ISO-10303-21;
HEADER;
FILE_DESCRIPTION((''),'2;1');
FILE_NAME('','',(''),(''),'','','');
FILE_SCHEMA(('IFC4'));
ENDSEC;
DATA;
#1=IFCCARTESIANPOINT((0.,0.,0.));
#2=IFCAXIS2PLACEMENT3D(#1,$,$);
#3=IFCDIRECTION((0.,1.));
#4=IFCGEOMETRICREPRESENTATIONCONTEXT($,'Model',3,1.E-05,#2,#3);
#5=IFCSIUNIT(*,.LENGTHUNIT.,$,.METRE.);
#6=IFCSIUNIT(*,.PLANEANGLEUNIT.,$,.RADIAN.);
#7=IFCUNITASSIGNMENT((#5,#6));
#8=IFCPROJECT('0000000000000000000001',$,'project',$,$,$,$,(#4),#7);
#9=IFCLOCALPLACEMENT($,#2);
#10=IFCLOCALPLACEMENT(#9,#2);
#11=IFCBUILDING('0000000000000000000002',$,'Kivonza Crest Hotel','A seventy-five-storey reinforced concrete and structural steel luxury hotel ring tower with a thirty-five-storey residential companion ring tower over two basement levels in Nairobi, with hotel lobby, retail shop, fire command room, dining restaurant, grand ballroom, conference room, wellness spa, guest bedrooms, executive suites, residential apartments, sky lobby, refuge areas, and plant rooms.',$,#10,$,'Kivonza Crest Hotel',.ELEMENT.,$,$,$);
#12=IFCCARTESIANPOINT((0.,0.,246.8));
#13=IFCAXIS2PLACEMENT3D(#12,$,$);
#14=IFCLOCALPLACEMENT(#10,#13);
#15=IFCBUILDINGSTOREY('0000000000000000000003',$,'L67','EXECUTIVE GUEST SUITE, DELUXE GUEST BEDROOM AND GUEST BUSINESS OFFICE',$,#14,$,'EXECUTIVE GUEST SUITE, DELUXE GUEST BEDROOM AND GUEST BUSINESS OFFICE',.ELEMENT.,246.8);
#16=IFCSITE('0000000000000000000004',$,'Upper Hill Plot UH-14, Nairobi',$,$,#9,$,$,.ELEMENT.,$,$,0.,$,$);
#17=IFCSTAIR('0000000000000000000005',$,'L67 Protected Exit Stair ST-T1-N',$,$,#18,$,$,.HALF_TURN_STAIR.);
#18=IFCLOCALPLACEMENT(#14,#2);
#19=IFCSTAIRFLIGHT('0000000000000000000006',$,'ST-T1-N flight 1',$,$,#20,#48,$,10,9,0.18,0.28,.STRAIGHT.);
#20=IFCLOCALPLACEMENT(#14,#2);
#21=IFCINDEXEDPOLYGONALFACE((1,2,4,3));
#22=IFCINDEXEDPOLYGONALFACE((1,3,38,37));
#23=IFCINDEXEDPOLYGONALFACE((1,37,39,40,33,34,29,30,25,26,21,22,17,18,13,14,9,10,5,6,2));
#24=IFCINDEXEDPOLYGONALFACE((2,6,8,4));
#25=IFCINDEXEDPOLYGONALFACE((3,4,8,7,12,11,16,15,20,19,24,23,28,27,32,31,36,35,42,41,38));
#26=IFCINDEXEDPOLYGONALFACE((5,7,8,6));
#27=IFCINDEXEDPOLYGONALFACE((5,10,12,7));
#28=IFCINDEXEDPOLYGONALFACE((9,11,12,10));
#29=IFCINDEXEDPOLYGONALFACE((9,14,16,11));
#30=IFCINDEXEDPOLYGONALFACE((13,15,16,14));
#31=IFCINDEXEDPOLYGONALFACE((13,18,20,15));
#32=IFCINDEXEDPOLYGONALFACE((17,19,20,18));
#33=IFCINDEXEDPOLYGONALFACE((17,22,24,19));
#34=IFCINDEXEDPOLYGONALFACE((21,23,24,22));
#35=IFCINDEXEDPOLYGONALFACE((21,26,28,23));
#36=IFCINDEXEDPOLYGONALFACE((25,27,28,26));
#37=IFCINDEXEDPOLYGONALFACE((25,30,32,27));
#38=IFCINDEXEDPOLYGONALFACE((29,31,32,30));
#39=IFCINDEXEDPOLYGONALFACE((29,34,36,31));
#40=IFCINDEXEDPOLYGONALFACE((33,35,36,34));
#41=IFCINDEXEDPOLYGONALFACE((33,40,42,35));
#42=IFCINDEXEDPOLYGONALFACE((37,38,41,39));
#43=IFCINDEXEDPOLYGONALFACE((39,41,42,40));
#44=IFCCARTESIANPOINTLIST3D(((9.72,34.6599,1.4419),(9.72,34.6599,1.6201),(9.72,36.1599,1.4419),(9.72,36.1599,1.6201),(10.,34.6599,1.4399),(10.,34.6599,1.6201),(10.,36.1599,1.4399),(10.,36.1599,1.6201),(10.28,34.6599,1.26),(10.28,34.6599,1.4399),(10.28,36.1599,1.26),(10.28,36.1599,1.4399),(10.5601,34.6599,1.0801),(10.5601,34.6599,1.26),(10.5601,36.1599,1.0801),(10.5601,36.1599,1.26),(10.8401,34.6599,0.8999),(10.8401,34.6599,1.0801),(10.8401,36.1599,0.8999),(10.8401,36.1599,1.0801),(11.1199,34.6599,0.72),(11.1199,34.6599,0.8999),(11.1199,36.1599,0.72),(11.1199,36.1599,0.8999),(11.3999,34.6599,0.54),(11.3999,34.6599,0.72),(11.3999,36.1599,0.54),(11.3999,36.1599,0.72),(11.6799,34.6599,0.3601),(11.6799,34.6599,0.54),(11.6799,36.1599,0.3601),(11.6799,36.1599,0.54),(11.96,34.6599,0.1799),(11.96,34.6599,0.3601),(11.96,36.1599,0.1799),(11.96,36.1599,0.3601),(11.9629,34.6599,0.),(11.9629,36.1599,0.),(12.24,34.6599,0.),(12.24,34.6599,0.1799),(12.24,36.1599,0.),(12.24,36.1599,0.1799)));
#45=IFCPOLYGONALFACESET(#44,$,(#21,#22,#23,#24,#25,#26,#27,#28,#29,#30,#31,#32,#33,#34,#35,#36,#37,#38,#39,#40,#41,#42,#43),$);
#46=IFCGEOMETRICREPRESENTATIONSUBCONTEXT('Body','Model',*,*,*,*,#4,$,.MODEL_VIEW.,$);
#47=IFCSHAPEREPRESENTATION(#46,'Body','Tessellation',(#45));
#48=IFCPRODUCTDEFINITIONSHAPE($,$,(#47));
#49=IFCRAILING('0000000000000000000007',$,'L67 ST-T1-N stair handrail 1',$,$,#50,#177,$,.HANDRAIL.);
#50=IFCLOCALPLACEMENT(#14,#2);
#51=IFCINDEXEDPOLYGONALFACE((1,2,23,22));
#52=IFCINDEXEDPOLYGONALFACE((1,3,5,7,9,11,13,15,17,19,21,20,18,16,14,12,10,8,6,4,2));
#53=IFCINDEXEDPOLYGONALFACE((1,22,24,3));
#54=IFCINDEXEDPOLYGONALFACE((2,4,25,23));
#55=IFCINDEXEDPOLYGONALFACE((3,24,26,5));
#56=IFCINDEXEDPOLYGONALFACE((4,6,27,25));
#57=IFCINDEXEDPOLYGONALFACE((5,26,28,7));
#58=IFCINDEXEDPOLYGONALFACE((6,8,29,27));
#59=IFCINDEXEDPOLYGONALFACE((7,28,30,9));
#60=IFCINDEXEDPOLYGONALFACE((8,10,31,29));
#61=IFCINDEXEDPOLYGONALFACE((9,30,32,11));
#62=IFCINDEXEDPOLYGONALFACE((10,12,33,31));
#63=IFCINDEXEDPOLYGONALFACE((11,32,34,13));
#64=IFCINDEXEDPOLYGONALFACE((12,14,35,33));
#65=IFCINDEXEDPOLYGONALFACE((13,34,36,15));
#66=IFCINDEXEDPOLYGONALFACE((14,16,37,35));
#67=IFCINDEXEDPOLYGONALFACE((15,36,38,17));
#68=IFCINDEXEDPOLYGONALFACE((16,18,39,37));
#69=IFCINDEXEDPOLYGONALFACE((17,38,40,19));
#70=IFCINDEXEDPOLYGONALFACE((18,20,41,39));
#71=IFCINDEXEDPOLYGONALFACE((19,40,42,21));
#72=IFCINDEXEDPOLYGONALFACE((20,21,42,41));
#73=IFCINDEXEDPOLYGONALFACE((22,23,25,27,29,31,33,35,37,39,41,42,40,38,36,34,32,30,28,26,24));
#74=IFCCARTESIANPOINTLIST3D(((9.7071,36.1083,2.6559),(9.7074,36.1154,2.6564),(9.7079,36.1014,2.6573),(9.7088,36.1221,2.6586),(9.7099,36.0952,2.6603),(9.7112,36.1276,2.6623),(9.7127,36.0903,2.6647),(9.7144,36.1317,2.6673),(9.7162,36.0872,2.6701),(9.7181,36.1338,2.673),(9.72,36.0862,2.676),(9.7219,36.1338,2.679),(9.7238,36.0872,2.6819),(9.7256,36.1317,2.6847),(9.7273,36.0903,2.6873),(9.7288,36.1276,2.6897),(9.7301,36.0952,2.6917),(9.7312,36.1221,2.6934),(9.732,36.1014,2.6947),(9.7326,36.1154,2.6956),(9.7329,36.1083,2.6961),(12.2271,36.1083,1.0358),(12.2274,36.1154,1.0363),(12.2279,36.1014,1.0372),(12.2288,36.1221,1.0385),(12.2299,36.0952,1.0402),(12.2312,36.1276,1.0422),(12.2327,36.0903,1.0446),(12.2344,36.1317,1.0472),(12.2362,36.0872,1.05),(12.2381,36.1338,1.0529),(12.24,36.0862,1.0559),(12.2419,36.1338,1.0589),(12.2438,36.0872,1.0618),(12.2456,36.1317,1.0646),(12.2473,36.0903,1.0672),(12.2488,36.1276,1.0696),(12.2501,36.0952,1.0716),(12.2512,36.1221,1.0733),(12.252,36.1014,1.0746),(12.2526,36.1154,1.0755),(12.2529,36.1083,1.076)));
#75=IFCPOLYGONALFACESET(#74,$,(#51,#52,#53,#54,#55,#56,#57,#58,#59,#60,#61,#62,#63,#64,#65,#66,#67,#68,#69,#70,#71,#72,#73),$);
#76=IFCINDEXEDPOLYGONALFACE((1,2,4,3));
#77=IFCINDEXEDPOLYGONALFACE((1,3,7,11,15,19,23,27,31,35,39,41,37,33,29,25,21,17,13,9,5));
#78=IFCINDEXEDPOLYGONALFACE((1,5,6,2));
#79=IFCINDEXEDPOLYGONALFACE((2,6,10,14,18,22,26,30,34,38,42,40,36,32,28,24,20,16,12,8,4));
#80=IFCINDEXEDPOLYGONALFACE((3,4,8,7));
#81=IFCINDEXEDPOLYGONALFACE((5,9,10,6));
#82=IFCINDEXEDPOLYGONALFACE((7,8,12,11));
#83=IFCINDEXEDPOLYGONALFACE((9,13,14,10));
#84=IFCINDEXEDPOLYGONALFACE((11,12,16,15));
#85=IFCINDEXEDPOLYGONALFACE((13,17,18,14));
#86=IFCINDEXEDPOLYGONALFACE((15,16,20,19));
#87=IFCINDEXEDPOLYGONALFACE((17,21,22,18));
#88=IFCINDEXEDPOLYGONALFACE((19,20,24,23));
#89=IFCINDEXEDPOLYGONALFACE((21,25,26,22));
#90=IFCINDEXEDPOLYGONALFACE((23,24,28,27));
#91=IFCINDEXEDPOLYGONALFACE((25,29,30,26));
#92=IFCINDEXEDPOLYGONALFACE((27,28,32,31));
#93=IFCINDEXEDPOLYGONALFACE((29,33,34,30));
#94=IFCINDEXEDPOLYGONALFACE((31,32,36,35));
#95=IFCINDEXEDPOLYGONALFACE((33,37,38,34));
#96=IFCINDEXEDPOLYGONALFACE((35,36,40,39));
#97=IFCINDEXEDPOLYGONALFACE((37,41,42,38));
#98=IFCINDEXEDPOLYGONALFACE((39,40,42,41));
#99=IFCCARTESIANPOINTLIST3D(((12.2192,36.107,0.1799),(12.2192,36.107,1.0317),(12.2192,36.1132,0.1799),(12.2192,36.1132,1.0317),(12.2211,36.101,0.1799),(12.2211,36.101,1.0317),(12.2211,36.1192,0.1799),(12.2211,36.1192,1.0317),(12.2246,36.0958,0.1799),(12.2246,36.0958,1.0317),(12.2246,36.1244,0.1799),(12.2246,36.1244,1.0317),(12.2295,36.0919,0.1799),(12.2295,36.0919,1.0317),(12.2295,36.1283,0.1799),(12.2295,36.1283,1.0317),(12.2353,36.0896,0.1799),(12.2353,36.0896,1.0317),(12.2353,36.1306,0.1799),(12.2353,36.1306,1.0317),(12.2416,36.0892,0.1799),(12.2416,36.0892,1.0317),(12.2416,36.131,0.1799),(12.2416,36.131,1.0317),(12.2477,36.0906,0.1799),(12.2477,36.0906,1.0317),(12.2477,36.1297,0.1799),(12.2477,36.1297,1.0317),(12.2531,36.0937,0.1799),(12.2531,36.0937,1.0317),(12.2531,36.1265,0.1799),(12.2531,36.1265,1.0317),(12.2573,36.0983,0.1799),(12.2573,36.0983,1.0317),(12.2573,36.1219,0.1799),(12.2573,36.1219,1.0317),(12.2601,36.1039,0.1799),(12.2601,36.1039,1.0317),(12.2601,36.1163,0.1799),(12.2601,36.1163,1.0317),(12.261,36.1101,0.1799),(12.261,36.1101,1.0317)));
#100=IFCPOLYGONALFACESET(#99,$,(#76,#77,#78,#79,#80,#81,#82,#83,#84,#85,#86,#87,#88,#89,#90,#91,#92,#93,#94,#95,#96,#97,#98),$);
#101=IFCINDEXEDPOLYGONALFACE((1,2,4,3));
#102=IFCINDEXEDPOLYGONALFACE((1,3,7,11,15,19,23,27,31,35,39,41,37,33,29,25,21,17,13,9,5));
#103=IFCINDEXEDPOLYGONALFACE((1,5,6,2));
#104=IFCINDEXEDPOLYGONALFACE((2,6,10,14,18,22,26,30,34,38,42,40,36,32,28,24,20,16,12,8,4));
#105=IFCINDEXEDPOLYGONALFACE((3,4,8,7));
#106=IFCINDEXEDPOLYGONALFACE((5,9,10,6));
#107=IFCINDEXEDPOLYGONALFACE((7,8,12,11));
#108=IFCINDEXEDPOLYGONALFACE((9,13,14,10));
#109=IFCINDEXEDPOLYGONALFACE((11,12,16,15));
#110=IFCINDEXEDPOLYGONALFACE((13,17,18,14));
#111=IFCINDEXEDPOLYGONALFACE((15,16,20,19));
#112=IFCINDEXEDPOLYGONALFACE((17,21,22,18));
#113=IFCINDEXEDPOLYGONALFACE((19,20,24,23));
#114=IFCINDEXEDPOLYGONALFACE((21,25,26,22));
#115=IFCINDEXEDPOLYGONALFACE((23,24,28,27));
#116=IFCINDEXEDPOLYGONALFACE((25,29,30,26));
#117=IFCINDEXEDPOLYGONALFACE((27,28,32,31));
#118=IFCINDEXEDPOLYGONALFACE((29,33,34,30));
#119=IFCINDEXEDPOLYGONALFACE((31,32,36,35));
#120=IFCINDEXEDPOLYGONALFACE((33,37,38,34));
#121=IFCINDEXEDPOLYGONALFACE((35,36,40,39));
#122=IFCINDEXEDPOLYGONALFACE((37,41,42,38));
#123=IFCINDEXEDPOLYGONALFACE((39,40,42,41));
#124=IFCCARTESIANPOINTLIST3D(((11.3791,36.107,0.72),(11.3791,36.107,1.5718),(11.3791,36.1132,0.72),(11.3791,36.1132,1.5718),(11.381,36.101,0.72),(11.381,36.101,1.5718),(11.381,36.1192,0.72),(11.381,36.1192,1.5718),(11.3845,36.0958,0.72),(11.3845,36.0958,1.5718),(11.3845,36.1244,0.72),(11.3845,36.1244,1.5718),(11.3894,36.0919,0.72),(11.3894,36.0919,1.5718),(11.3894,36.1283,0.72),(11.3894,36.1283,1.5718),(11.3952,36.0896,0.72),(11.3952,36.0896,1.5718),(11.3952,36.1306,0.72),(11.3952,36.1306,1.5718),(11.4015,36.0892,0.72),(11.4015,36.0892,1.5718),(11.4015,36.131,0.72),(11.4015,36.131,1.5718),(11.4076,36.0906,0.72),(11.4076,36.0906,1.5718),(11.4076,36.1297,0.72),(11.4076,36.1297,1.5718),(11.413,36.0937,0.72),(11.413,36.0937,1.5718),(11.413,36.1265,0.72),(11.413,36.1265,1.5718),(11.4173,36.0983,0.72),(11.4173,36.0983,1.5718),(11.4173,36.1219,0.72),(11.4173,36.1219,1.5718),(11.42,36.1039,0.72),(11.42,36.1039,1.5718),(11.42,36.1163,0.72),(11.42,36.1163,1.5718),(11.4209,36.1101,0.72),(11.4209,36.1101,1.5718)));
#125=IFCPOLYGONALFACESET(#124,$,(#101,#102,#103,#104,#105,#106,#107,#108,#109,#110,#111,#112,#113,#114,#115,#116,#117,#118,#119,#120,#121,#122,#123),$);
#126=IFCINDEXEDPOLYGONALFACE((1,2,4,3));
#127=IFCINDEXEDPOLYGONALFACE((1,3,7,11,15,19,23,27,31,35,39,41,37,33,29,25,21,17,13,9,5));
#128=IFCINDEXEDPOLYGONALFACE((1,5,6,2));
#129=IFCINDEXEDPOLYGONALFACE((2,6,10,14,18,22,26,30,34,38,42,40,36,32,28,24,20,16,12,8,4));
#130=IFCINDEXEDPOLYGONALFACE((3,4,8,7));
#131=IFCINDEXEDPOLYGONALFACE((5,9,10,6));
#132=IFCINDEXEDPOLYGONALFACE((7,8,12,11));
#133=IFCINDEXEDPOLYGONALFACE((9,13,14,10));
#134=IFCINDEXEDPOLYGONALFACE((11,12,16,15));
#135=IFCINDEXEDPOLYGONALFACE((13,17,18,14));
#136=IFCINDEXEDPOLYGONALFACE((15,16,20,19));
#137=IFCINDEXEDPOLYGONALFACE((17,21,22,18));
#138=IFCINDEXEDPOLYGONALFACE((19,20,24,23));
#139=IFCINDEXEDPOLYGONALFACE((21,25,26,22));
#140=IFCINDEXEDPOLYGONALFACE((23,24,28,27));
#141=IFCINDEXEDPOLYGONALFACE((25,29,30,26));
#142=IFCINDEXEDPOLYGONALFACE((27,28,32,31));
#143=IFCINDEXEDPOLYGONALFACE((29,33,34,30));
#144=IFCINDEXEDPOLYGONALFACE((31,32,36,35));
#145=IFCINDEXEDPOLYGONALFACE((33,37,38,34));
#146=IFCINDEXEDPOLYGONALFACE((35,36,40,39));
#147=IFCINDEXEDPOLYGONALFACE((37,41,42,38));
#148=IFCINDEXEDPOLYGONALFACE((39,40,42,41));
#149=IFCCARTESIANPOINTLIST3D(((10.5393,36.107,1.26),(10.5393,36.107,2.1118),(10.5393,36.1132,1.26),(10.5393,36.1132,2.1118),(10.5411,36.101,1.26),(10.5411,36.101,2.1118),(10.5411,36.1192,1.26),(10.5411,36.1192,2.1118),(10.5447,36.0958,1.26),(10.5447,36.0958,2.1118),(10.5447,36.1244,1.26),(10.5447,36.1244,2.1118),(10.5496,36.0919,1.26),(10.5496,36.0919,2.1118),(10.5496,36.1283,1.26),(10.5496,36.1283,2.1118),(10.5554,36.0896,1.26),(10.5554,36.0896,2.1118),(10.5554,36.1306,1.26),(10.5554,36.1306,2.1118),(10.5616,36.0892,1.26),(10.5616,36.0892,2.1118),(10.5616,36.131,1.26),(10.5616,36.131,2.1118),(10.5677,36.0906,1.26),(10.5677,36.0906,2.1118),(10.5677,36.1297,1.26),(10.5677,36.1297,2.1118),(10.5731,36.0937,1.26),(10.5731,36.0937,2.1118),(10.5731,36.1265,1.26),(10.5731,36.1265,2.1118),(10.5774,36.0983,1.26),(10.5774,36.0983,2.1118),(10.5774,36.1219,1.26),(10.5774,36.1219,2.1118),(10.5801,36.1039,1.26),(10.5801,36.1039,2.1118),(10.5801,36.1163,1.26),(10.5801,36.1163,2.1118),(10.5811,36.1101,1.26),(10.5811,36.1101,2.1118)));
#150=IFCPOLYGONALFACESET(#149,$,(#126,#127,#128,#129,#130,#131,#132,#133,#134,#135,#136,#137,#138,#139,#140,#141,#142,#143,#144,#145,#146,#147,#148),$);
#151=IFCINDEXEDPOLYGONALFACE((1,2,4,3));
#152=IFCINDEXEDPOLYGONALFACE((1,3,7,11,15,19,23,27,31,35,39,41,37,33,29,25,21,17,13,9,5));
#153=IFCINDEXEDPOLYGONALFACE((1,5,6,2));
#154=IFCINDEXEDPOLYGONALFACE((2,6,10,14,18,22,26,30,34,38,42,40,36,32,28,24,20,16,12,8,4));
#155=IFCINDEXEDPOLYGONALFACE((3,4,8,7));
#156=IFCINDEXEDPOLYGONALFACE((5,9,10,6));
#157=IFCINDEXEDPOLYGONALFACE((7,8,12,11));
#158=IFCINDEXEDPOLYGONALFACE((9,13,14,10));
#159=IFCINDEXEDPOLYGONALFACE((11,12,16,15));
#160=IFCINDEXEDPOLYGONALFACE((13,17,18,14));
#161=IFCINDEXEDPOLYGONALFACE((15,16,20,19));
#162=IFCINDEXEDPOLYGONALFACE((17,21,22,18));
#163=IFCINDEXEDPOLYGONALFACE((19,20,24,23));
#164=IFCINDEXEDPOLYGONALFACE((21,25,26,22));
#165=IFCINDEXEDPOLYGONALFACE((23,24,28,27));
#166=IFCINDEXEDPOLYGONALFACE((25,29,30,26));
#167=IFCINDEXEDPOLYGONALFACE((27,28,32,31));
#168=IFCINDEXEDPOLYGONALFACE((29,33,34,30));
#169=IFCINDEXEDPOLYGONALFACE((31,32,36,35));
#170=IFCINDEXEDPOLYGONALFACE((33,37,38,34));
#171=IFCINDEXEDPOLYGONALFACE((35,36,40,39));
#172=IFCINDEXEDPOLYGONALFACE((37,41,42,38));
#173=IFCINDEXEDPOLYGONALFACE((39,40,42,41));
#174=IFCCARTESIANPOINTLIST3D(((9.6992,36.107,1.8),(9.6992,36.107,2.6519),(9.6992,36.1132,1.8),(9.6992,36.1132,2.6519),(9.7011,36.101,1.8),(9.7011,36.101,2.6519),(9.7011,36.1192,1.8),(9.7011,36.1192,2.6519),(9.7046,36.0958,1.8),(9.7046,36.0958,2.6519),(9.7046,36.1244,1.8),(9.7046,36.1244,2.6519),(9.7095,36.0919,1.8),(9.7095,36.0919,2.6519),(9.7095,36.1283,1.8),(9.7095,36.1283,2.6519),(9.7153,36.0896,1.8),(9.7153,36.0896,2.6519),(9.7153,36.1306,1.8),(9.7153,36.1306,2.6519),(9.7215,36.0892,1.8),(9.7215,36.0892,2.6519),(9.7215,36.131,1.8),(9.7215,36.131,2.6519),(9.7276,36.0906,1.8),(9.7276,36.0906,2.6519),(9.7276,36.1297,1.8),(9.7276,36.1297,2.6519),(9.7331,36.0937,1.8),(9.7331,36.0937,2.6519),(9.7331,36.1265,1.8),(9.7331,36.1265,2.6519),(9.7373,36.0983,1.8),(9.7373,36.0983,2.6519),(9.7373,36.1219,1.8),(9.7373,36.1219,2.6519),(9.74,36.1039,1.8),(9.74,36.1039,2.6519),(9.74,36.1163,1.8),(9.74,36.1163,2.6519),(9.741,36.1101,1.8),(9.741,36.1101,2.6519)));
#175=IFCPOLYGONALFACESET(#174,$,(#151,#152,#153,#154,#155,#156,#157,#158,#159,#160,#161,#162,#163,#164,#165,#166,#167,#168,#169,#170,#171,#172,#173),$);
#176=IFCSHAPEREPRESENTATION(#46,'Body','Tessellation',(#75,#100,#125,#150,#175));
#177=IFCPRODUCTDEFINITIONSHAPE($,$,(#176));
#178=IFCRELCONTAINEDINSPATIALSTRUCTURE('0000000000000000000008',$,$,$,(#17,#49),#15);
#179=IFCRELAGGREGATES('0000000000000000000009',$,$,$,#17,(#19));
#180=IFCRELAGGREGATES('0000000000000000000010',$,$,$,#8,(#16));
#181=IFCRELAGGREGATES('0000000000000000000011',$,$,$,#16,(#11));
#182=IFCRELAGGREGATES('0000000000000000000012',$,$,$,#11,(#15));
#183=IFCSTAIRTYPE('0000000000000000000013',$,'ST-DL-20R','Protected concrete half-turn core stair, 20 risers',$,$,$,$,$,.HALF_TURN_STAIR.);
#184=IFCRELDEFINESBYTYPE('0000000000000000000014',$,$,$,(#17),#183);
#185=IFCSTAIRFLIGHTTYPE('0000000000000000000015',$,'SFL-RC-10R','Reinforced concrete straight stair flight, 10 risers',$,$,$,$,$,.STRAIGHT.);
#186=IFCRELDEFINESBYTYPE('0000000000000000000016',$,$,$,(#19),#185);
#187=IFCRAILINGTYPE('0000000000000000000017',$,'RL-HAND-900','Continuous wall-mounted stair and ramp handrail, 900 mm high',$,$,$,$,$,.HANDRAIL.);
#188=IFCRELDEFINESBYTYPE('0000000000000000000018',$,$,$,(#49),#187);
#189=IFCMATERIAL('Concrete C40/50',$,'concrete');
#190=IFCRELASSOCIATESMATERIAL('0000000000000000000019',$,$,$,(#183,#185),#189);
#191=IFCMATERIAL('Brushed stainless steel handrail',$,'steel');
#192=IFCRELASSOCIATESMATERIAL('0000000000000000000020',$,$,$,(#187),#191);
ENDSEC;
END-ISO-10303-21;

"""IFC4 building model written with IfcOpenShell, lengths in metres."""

from ifc_helpers import new_model, si_unit, direction, frame, origin, origin_2d, place, context, subcontext, project, spatial, polyline, circle, outline, extrude, material, type_object, element, aggregate, save


model = new_model("IFC4")

# Units and contexts
model_context = context("Model", 3, precision=1e-05, world=origin(), true_north=direction((0.0, 1.0)))
body_context = subcontext(model_context, "Body", "Model", "MODEL_VIEW")
ifc_project = project(units=[si_unit("LENGTHUNIT", "METRE"), si_unit("PLANEANGLEUNIT", "RADIAN")], contexts=[model_context])

# Site, building, storey
site_placement = place(None, origin())
site = spatial("IfcSite", under=ifc_project, at=site_placement, Name="Upper Hill Plot UH-14, Nairobi", CompositionType="ELEMENT", RefElevation=0.0)
building_placement = place(site_placement, origin())
building = spatial("IfcBuilding", under=site, at=building_placement, Name="Kivonza Crest Hotel", Description="A seventy-five-storey reinforced concrete and structural steel luxury hotel ring tower with a thirty-five-storey residential companion ring tower over two basement levels in Nairobi, with hotel lobby, retail shop, fire command room, dining restaurant, grand ballroom, conference room, wellness spa, guest bedrooms, executive suites, residential apartments, sky lobby, refuge areas, and plant rooms.", LongName="Kivonza Crest Hotel", CompositionType="ELEMENT")
storey_placement = place(building_placement, frame((0.0, 0.0, 246.8)))
storey = spatial("IfcBuildingStorey", under=building, at=storey_placement, Name="L67", Description="EXECUTIVE GUEST SUITE, DELUXE GUEST BEDROOM AND GUEST BUSINESS OFFICE", LongName="EXECUTIVE GUEST SUITE, DELUXE GUEST BEDROOM AND GUEST BUSINESS OFFICE", CompositionType="ELEMENT", Elevation=246.8)

# Stair, stair flight
ifc_material_1 = material(Name="Concrete C40/50", Category="concrete")
stair_type = type_object("IfcStairType", Name="ST-DL-20R", Description="Protected concrete half-turn core stair, 20 risers", PredefinedType="HALF_TURN_STAIR", material=ifc_material_1)
stair_placement = place(storey_placement, origin())
stair = element("IfcStair", 1, at=stair_placement, inside=storey, type_object=stair_type, Name="L67 Protected Exit Stair ST-T1-N", PredefinedType="HALF_TURN_STAIR")
stair_flight_type = type_object("IfcStairFlightType", Name="SFL-RC-10R", Description="Reinforced concrete straight stair flight, 10 risers", PredefinedType="STRAIGHT", material=ifc_material_1)
stair_flight_placement = place(storey_placement, frame((12.24, 35.4099, 0.0), z_axis=(0.0, 0.0, 1.0), x_axis=(-1.0, 0.0, 0.0)))
stair_flight = element("IfcStairFlight", 2, at=stair_flight_placement, type_object=stair_flight_type, Name="ST-T1-N flight 1", NumberOfRisers=10, NumberOfTreads=9, PredefinedType="STRAIGHT", RiserHeight=0.18, TreadLength=0.28, context=body_context, shape_type="SweptSolid", body=[
    extrude(outline(polyline([(0.0, 0.0), (0.0, 0.1799), (0.28, 0.1799), (0.28, 0.3601), (0.5601, 0.3601), (0.5601, 0.54), (0.8401, 0.54), (0.8401, 0.72), (1.1201, 0.72), (1.1201, 0.8999), (1.3999, 0.8999), (1.3999, 1.0801), (1.6799, 1.0801), (1.6799, 1.26), (1.96, 1.26), (1.96, 1.4399), (2.24, 1.4399), (2.24, 1.6201), (2.52, 1.6201), (2.52, 1.8), (2.52, 1.4419), (0.2771, 0.0), (0.0, 0.0)])), frame((0.0, 0.75, 0.0), z_axis=(0.0, -1.0, 0.0), x_axis=(1.0, 0.0, 0.0)), (0.0, 0.0, 1.0), 1.5),
])
aggregate(stair, [stair_flight])

# Railing
ifc_material_2 = material(Name="Brushed stainless steel handrail", Category="steel")
railing_type_1 = type_object("IfcRailingType", Name="RL-HAND-900", Description="Continuous wall-mounted stair and ramp handrail, 900 mm high", PredefinedType="HANDRAIL", material=ifc_material_2)
railing_1_placement = place(storey_placement, frame((12.24, 36.1101, 0.1799)))
element("IfcRailing", 3, at=railing_1_placement, inside=storey, type_object=railing_type_1, Name="L67 ST-T1-N stair handrail 1", PredefinedType="HANDRAIL", context=body_context, shape_type="SweptSolid", body=[
    extrude(circle(Radius=0.0239, at=origin_2d()), frame((0.0, 0.0, 0.876), z_axis=(-0.841163, 0.0, 0.540782), x_axis=(0.0, -1.0, 0.0)), (0.0, 0.0, 1.0), 2.9958),
    extrude(circle(Radius=0.021, at=origin_2d()), origin(), (0.0, 0.0, 1.0), 0.8518),
    extrude(circle(Radius=0.021, at=origin_2d()), frame((-0.8401, 0.0, 0.54)), (0.0, 0.0, 1.0), 0.8518),
    extrude(circle(Radius=0.021, at=origin_2d()), frame((-1.6799, 0.0, 1.0801)), (0.0, 0.0, 1.0), 0.8518),
    extrude(circle(Radius=0.021, at=origin_2d()), frame((-2.52, 0.0, 1.6201)), (0.0, 0.0, 1.0), 0.8518),
])

save(model, "model.ifc")
